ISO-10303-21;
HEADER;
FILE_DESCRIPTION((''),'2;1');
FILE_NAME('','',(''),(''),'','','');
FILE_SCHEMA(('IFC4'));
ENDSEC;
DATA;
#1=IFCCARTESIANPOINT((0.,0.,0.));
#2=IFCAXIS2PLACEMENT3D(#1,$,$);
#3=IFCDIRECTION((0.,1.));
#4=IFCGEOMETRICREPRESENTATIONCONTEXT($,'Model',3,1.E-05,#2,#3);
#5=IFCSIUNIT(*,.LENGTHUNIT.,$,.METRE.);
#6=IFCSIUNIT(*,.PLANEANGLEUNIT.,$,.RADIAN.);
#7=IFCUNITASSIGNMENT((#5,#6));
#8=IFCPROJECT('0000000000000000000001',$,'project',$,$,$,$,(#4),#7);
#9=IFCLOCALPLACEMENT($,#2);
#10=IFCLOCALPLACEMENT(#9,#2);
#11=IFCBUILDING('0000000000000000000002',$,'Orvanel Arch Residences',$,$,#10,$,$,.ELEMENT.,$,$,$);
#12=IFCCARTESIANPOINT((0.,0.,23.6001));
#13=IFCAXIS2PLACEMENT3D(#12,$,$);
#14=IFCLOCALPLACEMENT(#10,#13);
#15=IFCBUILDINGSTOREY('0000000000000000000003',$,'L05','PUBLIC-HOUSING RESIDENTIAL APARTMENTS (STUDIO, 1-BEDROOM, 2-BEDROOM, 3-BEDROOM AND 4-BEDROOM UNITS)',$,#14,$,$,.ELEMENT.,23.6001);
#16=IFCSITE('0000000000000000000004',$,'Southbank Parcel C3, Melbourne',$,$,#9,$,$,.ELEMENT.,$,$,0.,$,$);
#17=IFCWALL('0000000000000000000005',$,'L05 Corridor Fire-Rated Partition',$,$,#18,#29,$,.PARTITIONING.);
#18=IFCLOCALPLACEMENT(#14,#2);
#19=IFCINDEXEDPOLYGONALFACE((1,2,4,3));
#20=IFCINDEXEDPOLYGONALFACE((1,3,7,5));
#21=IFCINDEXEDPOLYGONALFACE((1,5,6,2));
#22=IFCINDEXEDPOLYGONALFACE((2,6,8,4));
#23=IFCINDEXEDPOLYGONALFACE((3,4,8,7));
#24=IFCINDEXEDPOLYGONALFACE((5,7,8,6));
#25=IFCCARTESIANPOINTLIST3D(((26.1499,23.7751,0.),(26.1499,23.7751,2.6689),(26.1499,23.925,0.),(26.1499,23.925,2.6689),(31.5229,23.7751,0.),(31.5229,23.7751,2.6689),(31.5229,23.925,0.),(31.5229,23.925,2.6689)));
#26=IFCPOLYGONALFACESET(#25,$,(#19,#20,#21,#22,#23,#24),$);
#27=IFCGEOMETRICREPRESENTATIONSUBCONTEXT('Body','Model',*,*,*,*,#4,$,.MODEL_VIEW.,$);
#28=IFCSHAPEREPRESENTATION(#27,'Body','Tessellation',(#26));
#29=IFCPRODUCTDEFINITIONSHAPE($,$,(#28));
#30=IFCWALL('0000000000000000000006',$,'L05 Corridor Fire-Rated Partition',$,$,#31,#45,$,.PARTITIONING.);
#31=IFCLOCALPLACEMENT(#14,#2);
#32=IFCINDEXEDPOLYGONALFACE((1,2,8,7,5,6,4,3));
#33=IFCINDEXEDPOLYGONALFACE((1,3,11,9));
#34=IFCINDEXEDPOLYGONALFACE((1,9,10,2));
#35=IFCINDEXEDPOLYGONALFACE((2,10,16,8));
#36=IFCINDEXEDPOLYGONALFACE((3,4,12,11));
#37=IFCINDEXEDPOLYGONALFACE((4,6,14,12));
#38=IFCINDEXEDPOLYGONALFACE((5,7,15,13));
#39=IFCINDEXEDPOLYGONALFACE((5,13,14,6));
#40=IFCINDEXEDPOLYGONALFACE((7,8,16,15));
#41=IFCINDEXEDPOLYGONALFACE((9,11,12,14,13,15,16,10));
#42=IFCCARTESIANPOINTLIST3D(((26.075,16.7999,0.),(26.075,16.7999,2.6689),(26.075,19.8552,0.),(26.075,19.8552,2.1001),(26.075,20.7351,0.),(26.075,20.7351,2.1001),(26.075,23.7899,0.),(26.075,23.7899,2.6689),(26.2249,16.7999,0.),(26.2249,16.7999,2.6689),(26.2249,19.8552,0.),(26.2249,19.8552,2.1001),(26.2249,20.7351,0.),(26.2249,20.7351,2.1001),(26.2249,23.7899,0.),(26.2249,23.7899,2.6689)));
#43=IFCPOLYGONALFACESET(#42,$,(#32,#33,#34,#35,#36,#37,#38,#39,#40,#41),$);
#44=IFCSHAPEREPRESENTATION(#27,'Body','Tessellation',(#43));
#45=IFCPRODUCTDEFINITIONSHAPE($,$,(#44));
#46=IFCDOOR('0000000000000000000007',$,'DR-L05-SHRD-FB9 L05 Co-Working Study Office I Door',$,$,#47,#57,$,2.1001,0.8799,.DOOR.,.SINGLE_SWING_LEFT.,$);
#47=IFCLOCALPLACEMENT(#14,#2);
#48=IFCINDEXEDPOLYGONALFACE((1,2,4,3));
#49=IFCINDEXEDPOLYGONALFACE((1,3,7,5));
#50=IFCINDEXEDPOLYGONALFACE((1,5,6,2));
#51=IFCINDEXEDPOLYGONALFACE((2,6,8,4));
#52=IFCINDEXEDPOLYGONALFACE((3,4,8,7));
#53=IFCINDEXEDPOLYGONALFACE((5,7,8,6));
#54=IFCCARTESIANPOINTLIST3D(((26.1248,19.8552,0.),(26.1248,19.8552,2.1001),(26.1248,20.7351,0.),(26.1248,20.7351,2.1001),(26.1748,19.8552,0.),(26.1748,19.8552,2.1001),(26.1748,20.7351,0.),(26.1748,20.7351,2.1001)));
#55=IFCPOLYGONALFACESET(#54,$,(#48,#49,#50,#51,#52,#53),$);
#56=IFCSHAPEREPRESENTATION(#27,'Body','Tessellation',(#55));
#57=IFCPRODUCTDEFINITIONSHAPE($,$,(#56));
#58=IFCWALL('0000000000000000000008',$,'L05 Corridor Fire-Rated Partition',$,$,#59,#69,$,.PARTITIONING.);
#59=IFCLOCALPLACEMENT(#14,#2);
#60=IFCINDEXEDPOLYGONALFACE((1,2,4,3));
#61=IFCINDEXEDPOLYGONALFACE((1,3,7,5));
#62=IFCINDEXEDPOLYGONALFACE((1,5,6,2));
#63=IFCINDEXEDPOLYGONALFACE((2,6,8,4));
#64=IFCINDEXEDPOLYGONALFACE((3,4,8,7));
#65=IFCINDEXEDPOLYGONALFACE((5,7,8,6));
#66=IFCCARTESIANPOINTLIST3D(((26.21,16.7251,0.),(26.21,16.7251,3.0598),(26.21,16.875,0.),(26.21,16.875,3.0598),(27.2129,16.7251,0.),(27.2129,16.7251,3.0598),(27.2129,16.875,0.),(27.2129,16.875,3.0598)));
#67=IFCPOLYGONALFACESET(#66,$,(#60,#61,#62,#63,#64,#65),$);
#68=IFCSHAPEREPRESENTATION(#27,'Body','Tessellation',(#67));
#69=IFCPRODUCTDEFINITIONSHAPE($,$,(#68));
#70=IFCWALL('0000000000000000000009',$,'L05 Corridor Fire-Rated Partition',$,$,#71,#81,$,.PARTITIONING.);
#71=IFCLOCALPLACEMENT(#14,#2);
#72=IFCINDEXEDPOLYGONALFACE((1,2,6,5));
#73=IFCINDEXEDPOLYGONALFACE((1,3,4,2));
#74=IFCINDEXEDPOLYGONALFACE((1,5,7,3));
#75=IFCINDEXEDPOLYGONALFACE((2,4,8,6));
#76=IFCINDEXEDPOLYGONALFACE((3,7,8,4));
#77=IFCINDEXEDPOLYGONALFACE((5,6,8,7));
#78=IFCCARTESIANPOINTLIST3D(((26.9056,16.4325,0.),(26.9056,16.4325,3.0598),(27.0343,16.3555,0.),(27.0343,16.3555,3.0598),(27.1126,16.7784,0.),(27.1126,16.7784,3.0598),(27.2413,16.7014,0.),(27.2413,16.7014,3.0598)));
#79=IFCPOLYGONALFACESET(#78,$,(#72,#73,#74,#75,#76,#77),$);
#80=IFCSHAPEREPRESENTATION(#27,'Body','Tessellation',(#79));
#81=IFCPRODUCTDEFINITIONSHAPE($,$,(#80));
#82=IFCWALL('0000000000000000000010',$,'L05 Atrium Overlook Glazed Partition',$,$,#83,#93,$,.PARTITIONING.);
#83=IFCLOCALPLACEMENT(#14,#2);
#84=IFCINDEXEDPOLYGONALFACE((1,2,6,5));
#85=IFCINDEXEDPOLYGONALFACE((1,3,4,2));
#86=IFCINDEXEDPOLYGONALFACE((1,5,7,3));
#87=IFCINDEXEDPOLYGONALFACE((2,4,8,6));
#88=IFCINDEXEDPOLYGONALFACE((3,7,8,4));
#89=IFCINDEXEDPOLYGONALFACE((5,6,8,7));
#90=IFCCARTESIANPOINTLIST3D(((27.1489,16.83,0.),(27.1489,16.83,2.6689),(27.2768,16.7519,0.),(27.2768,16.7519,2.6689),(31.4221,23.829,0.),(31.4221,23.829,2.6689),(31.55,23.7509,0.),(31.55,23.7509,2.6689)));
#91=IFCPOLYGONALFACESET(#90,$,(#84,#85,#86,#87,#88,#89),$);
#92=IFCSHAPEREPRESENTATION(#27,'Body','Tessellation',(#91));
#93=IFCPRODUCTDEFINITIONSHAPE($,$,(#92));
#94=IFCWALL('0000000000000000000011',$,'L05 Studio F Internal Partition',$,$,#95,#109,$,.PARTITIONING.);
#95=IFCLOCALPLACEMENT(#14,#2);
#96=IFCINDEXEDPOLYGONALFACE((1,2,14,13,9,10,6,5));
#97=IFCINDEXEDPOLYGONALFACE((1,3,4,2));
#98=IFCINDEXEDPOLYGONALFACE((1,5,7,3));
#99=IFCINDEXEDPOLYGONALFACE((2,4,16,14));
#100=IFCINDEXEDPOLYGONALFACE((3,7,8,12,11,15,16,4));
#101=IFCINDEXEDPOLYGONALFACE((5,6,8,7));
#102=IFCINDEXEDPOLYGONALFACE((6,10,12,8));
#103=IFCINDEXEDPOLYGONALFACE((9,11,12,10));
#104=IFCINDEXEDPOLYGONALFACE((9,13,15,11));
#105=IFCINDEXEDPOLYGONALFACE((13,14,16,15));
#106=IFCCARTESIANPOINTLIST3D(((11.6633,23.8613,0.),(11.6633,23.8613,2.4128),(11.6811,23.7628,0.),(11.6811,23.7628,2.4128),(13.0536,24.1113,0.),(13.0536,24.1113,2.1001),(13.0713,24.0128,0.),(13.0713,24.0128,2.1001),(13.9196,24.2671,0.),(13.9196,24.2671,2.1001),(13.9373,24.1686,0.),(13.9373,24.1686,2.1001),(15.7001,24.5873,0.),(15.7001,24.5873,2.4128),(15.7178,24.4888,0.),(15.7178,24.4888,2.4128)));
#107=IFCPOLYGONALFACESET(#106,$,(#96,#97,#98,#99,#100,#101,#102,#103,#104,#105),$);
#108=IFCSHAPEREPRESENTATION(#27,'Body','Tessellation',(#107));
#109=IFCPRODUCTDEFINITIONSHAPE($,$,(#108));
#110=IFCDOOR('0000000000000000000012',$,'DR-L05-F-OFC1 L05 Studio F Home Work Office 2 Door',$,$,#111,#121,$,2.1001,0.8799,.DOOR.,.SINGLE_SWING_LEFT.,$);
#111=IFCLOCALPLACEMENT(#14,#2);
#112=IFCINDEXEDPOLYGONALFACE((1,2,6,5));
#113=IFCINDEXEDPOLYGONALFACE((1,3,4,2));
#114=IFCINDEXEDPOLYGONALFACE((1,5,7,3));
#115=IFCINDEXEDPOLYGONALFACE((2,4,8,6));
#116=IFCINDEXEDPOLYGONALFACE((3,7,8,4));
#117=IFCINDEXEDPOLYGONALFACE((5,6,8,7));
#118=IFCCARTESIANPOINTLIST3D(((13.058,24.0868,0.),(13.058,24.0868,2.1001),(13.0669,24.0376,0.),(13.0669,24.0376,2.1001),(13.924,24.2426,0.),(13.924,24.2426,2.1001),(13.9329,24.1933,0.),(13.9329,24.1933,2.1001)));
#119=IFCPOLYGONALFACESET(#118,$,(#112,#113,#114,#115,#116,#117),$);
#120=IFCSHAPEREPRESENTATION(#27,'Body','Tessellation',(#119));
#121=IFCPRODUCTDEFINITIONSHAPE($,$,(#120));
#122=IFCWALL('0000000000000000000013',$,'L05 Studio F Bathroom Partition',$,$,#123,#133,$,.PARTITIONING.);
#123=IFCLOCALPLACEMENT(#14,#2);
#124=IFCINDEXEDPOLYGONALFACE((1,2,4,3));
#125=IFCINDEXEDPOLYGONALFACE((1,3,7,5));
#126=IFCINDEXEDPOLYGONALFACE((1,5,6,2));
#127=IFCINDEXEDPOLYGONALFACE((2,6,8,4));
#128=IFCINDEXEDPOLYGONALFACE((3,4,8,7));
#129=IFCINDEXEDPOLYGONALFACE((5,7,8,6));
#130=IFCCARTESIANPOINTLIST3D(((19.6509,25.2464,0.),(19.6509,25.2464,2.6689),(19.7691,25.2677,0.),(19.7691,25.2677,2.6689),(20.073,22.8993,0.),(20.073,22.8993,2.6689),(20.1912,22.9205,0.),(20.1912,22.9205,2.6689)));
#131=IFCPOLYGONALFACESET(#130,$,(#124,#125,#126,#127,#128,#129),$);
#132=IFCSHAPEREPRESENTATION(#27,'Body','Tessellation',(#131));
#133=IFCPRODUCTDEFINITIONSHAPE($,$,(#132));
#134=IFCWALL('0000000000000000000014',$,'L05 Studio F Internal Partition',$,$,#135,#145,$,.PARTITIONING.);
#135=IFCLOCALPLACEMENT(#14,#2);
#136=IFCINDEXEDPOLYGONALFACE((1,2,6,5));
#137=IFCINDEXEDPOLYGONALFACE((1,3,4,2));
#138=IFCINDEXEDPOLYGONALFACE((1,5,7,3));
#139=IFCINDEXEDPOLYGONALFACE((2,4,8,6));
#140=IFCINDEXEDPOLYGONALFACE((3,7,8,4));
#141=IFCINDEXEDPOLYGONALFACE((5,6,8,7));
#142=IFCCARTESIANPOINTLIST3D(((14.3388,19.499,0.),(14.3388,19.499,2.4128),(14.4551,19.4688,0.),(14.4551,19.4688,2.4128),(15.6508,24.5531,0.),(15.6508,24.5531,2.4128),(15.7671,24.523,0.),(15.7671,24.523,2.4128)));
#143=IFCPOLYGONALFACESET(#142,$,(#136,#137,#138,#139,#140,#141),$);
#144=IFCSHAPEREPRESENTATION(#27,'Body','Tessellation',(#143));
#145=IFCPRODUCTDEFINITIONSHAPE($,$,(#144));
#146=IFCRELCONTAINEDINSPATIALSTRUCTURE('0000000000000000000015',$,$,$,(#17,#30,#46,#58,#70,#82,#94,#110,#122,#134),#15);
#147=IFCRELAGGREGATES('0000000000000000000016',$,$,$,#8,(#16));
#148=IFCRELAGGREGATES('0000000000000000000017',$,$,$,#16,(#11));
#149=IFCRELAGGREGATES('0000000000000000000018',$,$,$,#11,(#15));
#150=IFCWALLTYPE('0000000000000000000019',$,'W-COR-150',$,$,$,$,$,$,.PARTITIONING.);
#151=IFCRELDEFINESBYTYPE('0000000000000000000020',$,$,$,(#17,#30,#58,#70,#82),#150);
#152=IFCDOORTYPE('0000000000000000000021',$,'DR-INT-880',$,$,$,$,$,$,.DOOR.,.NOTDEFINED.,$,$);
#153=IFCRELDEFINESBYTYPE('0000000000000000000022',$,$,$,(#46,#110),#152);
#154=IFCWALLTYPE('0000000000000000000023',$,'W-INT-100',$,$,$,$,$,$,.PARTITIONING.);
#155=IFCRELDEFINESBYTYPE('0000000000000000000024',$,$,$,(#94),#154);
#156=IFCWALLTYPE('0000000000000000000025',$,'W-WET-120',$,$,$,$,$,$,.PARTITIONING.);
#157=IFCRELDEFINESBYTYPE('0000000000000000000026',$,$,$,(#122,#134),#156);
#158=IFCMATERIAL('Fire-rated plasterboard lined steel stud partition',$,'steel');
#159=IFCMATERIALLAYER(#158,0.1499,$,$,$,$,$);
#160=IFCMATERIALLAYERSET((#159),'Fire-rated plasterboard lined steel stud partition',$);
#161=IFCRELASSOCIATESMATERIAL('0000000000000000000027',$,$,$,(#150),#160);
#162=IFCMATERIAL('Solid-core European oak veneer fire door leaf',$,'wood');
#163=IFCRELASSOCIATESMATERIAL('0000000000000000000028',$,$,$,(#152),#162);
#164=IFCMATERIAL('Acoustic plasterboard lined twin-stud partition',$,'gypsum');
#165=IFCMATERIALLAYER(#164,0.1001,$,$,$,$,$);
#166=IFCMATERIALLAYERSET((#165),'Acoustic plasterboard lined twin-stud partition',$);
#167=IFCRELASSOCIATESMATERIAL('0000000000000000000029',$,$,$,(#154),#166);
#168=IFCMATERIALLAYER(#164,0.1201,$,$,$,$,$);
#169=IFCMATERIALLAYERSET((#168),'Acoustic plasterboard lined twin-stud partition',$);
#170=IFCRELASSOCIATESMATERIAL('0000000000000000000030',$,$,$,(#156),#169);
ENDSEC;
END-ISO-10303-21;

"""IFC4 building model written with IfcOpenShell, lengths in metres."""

from ifc_helpers import new_model, si_unit, direction, frame, frame_2d, origin, place, context, subcontext, project, spatial, rectangle, extrude, material, layer, layer_set, type_object, element, fill, save


model = new_model("IFC4")

# Units and contexts
model_context = context("Model", 3, precision=1e-05, world=origin(), true_north=direction((0.0, 1.0)))
body_context = subcontext(model_context, "Body", "Model", "MODEL_VIEW")
ifc_project = project(units=[si_unit("LENGTHUNIT", "METRE"), si_unit("PLANEANGLEUNIT", "RADIAN")], contexts=[model_context])

# Site, building, storey
site_placement = place(None, origin())
site = spatial("IfcSite", under=ifc_project, at=site_placement, Name="Southbank Parcel C3, Melbourne", CompositionType="ELEMENT", RefElevation=0.0)
building_placement = place(site_placement, origin())
building = spatial("IfcBuilding", under=site, at=building_placement, Name="Orvanel Arch Residences", CompositionType="ELEMENT")
storey_placement = place(building_placement, frame((0.0, 0.0, 23.6001)))
storey = spatial("IfcBuildingStorey", under=building, at=storey_placement, Name="L05", Description="PUBLIC-HOUSING RESIDENTIAL APARTMENTS (STUDIO, 1-BEDROOM, 2-BEDROOM, 3-BEDROOM AND 4-BEDROOM UNITS)", CompositionType="ELEMENT", Elevation=23.6001)

# Shared definitions
ifc_material_1 = material(Name="Fire-rated plasterboard lined steel stud partition", Category="steel")
ifc_layer_1 = layer(ifc_material_1, 0.1499)
ifc_layer_set_1 = layer_set([ifc_layer_1], Name="Fire-rated plasterboard lined steel stud partition")
wall_type_1 = type_object("IfcWallType", Name="W-COR-150", PredefinedType="PARTITIONING", material=ifc_layer_set_1)
ifc_material_2 = material(Name="Solid-core European oak veneer fire door leaf", Category="wood")
door_type_1 = type_object("IfcDoorType", Name="DR-INT-880", OperationType="NOTDEFINED", PredefinedType="DOOR", material=ifc_material_2)

# Wall
wall_1_placement = place(storey_placement, frame((31.5229, 23.8501, 0.0), z_axis=(0.0, 0.0, 1.0), x_axis=(-1.0, 0.0, 0.0)))
element("IfcWall", 1, at=wall_1_placement, inside=storey, type_object=wall_type_1, Name="L05 Corridor Fire-Rated Partition", PredefinedType="PARTITIONING", context=body_context, shape_type="SweptSolid", body=[
    extrude(rectangle(XDim=5.373, YDim=0.1499, at=frame_2d((2.6865, 0.0))), origin(), (0.0, 0.0, 1.0), 2.6689),
])

# Wall, opening, door
wall_2_placement = place(storey_placement, frame((26.1499, 23.79, 0.0), z_axis=(0.0, 0.0, 1.0), x_axis=(0.0, -1.0, 0.0)))
wall_2 = element("IfcWall", 2, at=wall_2_placement, inside=storey, type_object=wall_type_1, Name="L05 Corridor Fire-Rated Partition", PredefinedType="PARTITIONING", context=body_context, shape_type="SweptSolid", body=[
    extrude(rectangle(XDim=6.99, YDim=0.1499, at=frame_2d((3.4951, 0.0))), origin(), (0.0, 0.0, 1.0), 2.6689),
])
opening_1_placement = place(wall_2_placement, frame((3.0549, 0.0, 0.0)))
opening_1 = element("IfcOpeningElement", 3, at=opening_1_placement, cuts=wall_2, PredefinedType="OPENING", context=body_context, shape_type="SweptSolid", body=[
    extrude(rectangle(XDim=0.8799, YDim=2.1001, at=frame_2d((0.4399, 1.05))), frame((0.0, 0.085, 0.0), z_axis=(0.0, -1.0, 0.0), x_axis=(1.0, 0.0, 0.0)), (0.0, 0.0, 1.0), 0.1699),
])
door_1_placement = place(opening_1_placement, origin())
door_1 = element("IfcDoor", 4, at=door_1_placement, inside=storey, type_object=door_type_1, Name="DR-L05-SHRD-FB9 L05 Co-Working Study Office I Door", OperationType="SINGLE_SWING_LEFT", OverallHeight=2.1001, OverallWidth=0.8799, PredefinedType="DOOR", context=body_context, shape_type="SweptSolid", body=[
    extrude(rectangle(XDim=0.8799, YDim=2.1001, at=frame_2d((0.4399, 1.05))), frame((0.0, 0.0249, 0.0), z_axis=(0.0, -1.0, 0.0), x_axis=(1.0, 0.0, 0.0)), (0.0, 0.0, 1.0), 0.05),
])
fill(opening_1, door_1)

# Walls
wall_3_placement = place(storey_placement, frame((26.21, 16.8, 0.0), z_axis=(0.0, 0.0, 1.0), x_axis=(1.0, 0.0, 0.0)))
element("IfcWall", 5, at=wall_3_placement, inside=storey, type_object=wall_type_1, Name="L05 Corridor Fire-Rated Partition", PredefinedType="PARTITIONING", context=body_context, shape_type="SweptSolid", body=[
    extrude(rectangle(XDim=1.0029, YDim=0.1499, at=frame_2d((0.5015, 0.0))), origin(), (0.0, 0.0, 1.0), 3.0598),
])
wall_4_placement = place(storey_placement, frame((27.177, 16.74, 0.0), z_axis=(0.0, 0.0, 1.0), x_axis=(-0.513516, -0.85808, 0.0)))
element("IfcWall", 6, at=wall_4_placement, inside=storey, type_object=wall_type_1, Name="L05 Corridor Fire-Rated Partition", PredefinedType="PARTITIONING", context=body_context, shape_type="SweptSolid", body=[
    extrude(rectangle(XDim=0.4031, YDim=0.1499, at=frame_2d((0.2017, 0.0))), origin(), (0.0, 0.0, 1.0), 3.0598),
])
wall_5_placement = place(storey_placement, frame((27.2129, 16.791, 0.0), z_axis=(0.0, 0.0, 1.0), x_axis=(0.521096, 0.853498, 0.0)))
element("IfcWall", 7, at=wall_5_placement, inside=storey, type_object=wall_type_1, Name="L05 Atrium Overlook Glazed Partition", PredefinedType="PARTITIONING", context=body_context, shape_type="SweptSolid", body=[
    extrude(rectangle(XDim=8.2004, YDim=0.1499, at=frame_2d((4.1001, 0.0))), origin(), (0.0, 0.0, 1.0), 2.6689),
])

# Wall, opening, door
ifc_material_3 = material(Name="Acoustic plasterboard lined twin-stud partition", Category="gypsum")
ifc_layer_2 = layer(ifc_material_3, 0.1001)
ifc_layer_set_2 = layer_set([ifc_layer_2], Name="Acoustic plasterboard lined twin-stud partition")
wall_type_2 = type_object("IfcWallType", Name="W-INT-100", PredefinedType="PARTITIONING", material=ifc_layer_set_2)
wall_6_placement = place(storey_placement, frame((15.709, 24.5381, 0.0), z_axis=(0.0, 0.0, 1.0), x_axis=(-0.984207, -0.17702, 0.0)))
wall_6 = element("IfcWall", 8, at=wall_6_placement, inside=storey, type_object=wall_type_2, Name="L05 Studio F Internal Partition", PredefinedType="PARTITIONING", context=body_context, shape_type="SweptSolid", body=[
    extrude(rectangle(XDim=4.1016, YDim=0.1001, at=frame_2d((2.0508, 0.0))), origin(), (0.0, 0.0, 1.0), 2.4128),
])
opening_2_placement = place(wall_6_placement, frame((1.8091, 0.0, 0.0)))
opening_2 = element("IfcOpeningElement", 9, at=opening_2_placement, cuts=wall_6, PredefinedType="OPENING", context=body_context, shape_type="SweptSolid", body=[
    extrude(rectangle(XDim=0.8799, YDim=2.1001, at=frame_2d((0.4399, 1.05))), frame((0.0, 0.0601, 0.0), z_axis=(0.0, -1.0, 0.0), x_axis=(1.0, 0.0, 0.0)), (0.0, 0.0, 1.0), 0.1201),
])
door_2_placement = place(opening_2_placement, origin())
door_2 = element("IfcDoor", 10, at=door_2_placement, inside=storey, type_object=door_type_1, Name="DR-L05-F-OFC1 L05 Studio F Home Work Office 2 Door", OperationType="SINGLE_SWING_LEFT", OverallHeight=2.1001, OverallWidth=0.8799, PredefinedType="DOOR", context=body_context, shape_type="SweptSolid", body=[
    extrude(rectangle(XDim=0.8799, YDim=2.1001, at=frame_2d((0.4399, 1.05))), frame((0.0, 0.0249, 0.0), z_axis=(0.0, -1.0, 0.0), x_axis=(1.0, 0.0, 0.0)), (0.0, 0.0, 1.0), 0.05),
])
fill(opening_2, door_2)

# Walls
ifc_layer_3 = layer(ifc_material_3, 0.1201)
ifc_layer_set_3 = layer_set([ifc_layer_3], Name="Acoustic plasterboard lined twin-stud partition")
wall_type_3 = type_object("IfcWallType", Name="W-WET-120", PredefinedType="PARTITIONING", material=ifc_layer_set_3)
wall_7_placement = place(storey_placement, frame((20.1321, 22.9099, 0.0), z_axis=(0.0, 0.0, 1.0), x_axis=(-0.177002, 0.98421, 0.0)))
element("IfcWall", 11, at=wall_7_placement, inside=storey, type_object=wall_type_3, Name="L05 Studio F Bathroom Partition", PredefinedType="PARTITIONING", context=body_context, shape_type="SweptSolid", body=[
    extrude(rectangle(XDim=2.3848, YDim=0.1201, at=frame_2d((1.1924, 0.0))), origin(), (0.0, 0.0, 1.0), 2.6689),
])
wall_8_placement = place(storey_placement, frame((14.397, 19.4839, 0.0), z_axis=(0.0, 0.0, 1.0), x_axis=(0.251261, 0.967919, 0.0)))
element("IfcWall", 12, at=wall_8_placement, inside=storey, type_object=wall_type_3, Name="L05 Studio F Internal Partition", PredefinedType="PARTITIONING", context=body_context, shape_type="SweptSolid", body=[
    extrude(rectangle(XDim=5.2217, YDim=0.1201, at=frame_2d((2.6108, 0.0))), origin(), (0.0, 0.0, 1.0), 2.4128),
])

save(model, "model.ifc")
